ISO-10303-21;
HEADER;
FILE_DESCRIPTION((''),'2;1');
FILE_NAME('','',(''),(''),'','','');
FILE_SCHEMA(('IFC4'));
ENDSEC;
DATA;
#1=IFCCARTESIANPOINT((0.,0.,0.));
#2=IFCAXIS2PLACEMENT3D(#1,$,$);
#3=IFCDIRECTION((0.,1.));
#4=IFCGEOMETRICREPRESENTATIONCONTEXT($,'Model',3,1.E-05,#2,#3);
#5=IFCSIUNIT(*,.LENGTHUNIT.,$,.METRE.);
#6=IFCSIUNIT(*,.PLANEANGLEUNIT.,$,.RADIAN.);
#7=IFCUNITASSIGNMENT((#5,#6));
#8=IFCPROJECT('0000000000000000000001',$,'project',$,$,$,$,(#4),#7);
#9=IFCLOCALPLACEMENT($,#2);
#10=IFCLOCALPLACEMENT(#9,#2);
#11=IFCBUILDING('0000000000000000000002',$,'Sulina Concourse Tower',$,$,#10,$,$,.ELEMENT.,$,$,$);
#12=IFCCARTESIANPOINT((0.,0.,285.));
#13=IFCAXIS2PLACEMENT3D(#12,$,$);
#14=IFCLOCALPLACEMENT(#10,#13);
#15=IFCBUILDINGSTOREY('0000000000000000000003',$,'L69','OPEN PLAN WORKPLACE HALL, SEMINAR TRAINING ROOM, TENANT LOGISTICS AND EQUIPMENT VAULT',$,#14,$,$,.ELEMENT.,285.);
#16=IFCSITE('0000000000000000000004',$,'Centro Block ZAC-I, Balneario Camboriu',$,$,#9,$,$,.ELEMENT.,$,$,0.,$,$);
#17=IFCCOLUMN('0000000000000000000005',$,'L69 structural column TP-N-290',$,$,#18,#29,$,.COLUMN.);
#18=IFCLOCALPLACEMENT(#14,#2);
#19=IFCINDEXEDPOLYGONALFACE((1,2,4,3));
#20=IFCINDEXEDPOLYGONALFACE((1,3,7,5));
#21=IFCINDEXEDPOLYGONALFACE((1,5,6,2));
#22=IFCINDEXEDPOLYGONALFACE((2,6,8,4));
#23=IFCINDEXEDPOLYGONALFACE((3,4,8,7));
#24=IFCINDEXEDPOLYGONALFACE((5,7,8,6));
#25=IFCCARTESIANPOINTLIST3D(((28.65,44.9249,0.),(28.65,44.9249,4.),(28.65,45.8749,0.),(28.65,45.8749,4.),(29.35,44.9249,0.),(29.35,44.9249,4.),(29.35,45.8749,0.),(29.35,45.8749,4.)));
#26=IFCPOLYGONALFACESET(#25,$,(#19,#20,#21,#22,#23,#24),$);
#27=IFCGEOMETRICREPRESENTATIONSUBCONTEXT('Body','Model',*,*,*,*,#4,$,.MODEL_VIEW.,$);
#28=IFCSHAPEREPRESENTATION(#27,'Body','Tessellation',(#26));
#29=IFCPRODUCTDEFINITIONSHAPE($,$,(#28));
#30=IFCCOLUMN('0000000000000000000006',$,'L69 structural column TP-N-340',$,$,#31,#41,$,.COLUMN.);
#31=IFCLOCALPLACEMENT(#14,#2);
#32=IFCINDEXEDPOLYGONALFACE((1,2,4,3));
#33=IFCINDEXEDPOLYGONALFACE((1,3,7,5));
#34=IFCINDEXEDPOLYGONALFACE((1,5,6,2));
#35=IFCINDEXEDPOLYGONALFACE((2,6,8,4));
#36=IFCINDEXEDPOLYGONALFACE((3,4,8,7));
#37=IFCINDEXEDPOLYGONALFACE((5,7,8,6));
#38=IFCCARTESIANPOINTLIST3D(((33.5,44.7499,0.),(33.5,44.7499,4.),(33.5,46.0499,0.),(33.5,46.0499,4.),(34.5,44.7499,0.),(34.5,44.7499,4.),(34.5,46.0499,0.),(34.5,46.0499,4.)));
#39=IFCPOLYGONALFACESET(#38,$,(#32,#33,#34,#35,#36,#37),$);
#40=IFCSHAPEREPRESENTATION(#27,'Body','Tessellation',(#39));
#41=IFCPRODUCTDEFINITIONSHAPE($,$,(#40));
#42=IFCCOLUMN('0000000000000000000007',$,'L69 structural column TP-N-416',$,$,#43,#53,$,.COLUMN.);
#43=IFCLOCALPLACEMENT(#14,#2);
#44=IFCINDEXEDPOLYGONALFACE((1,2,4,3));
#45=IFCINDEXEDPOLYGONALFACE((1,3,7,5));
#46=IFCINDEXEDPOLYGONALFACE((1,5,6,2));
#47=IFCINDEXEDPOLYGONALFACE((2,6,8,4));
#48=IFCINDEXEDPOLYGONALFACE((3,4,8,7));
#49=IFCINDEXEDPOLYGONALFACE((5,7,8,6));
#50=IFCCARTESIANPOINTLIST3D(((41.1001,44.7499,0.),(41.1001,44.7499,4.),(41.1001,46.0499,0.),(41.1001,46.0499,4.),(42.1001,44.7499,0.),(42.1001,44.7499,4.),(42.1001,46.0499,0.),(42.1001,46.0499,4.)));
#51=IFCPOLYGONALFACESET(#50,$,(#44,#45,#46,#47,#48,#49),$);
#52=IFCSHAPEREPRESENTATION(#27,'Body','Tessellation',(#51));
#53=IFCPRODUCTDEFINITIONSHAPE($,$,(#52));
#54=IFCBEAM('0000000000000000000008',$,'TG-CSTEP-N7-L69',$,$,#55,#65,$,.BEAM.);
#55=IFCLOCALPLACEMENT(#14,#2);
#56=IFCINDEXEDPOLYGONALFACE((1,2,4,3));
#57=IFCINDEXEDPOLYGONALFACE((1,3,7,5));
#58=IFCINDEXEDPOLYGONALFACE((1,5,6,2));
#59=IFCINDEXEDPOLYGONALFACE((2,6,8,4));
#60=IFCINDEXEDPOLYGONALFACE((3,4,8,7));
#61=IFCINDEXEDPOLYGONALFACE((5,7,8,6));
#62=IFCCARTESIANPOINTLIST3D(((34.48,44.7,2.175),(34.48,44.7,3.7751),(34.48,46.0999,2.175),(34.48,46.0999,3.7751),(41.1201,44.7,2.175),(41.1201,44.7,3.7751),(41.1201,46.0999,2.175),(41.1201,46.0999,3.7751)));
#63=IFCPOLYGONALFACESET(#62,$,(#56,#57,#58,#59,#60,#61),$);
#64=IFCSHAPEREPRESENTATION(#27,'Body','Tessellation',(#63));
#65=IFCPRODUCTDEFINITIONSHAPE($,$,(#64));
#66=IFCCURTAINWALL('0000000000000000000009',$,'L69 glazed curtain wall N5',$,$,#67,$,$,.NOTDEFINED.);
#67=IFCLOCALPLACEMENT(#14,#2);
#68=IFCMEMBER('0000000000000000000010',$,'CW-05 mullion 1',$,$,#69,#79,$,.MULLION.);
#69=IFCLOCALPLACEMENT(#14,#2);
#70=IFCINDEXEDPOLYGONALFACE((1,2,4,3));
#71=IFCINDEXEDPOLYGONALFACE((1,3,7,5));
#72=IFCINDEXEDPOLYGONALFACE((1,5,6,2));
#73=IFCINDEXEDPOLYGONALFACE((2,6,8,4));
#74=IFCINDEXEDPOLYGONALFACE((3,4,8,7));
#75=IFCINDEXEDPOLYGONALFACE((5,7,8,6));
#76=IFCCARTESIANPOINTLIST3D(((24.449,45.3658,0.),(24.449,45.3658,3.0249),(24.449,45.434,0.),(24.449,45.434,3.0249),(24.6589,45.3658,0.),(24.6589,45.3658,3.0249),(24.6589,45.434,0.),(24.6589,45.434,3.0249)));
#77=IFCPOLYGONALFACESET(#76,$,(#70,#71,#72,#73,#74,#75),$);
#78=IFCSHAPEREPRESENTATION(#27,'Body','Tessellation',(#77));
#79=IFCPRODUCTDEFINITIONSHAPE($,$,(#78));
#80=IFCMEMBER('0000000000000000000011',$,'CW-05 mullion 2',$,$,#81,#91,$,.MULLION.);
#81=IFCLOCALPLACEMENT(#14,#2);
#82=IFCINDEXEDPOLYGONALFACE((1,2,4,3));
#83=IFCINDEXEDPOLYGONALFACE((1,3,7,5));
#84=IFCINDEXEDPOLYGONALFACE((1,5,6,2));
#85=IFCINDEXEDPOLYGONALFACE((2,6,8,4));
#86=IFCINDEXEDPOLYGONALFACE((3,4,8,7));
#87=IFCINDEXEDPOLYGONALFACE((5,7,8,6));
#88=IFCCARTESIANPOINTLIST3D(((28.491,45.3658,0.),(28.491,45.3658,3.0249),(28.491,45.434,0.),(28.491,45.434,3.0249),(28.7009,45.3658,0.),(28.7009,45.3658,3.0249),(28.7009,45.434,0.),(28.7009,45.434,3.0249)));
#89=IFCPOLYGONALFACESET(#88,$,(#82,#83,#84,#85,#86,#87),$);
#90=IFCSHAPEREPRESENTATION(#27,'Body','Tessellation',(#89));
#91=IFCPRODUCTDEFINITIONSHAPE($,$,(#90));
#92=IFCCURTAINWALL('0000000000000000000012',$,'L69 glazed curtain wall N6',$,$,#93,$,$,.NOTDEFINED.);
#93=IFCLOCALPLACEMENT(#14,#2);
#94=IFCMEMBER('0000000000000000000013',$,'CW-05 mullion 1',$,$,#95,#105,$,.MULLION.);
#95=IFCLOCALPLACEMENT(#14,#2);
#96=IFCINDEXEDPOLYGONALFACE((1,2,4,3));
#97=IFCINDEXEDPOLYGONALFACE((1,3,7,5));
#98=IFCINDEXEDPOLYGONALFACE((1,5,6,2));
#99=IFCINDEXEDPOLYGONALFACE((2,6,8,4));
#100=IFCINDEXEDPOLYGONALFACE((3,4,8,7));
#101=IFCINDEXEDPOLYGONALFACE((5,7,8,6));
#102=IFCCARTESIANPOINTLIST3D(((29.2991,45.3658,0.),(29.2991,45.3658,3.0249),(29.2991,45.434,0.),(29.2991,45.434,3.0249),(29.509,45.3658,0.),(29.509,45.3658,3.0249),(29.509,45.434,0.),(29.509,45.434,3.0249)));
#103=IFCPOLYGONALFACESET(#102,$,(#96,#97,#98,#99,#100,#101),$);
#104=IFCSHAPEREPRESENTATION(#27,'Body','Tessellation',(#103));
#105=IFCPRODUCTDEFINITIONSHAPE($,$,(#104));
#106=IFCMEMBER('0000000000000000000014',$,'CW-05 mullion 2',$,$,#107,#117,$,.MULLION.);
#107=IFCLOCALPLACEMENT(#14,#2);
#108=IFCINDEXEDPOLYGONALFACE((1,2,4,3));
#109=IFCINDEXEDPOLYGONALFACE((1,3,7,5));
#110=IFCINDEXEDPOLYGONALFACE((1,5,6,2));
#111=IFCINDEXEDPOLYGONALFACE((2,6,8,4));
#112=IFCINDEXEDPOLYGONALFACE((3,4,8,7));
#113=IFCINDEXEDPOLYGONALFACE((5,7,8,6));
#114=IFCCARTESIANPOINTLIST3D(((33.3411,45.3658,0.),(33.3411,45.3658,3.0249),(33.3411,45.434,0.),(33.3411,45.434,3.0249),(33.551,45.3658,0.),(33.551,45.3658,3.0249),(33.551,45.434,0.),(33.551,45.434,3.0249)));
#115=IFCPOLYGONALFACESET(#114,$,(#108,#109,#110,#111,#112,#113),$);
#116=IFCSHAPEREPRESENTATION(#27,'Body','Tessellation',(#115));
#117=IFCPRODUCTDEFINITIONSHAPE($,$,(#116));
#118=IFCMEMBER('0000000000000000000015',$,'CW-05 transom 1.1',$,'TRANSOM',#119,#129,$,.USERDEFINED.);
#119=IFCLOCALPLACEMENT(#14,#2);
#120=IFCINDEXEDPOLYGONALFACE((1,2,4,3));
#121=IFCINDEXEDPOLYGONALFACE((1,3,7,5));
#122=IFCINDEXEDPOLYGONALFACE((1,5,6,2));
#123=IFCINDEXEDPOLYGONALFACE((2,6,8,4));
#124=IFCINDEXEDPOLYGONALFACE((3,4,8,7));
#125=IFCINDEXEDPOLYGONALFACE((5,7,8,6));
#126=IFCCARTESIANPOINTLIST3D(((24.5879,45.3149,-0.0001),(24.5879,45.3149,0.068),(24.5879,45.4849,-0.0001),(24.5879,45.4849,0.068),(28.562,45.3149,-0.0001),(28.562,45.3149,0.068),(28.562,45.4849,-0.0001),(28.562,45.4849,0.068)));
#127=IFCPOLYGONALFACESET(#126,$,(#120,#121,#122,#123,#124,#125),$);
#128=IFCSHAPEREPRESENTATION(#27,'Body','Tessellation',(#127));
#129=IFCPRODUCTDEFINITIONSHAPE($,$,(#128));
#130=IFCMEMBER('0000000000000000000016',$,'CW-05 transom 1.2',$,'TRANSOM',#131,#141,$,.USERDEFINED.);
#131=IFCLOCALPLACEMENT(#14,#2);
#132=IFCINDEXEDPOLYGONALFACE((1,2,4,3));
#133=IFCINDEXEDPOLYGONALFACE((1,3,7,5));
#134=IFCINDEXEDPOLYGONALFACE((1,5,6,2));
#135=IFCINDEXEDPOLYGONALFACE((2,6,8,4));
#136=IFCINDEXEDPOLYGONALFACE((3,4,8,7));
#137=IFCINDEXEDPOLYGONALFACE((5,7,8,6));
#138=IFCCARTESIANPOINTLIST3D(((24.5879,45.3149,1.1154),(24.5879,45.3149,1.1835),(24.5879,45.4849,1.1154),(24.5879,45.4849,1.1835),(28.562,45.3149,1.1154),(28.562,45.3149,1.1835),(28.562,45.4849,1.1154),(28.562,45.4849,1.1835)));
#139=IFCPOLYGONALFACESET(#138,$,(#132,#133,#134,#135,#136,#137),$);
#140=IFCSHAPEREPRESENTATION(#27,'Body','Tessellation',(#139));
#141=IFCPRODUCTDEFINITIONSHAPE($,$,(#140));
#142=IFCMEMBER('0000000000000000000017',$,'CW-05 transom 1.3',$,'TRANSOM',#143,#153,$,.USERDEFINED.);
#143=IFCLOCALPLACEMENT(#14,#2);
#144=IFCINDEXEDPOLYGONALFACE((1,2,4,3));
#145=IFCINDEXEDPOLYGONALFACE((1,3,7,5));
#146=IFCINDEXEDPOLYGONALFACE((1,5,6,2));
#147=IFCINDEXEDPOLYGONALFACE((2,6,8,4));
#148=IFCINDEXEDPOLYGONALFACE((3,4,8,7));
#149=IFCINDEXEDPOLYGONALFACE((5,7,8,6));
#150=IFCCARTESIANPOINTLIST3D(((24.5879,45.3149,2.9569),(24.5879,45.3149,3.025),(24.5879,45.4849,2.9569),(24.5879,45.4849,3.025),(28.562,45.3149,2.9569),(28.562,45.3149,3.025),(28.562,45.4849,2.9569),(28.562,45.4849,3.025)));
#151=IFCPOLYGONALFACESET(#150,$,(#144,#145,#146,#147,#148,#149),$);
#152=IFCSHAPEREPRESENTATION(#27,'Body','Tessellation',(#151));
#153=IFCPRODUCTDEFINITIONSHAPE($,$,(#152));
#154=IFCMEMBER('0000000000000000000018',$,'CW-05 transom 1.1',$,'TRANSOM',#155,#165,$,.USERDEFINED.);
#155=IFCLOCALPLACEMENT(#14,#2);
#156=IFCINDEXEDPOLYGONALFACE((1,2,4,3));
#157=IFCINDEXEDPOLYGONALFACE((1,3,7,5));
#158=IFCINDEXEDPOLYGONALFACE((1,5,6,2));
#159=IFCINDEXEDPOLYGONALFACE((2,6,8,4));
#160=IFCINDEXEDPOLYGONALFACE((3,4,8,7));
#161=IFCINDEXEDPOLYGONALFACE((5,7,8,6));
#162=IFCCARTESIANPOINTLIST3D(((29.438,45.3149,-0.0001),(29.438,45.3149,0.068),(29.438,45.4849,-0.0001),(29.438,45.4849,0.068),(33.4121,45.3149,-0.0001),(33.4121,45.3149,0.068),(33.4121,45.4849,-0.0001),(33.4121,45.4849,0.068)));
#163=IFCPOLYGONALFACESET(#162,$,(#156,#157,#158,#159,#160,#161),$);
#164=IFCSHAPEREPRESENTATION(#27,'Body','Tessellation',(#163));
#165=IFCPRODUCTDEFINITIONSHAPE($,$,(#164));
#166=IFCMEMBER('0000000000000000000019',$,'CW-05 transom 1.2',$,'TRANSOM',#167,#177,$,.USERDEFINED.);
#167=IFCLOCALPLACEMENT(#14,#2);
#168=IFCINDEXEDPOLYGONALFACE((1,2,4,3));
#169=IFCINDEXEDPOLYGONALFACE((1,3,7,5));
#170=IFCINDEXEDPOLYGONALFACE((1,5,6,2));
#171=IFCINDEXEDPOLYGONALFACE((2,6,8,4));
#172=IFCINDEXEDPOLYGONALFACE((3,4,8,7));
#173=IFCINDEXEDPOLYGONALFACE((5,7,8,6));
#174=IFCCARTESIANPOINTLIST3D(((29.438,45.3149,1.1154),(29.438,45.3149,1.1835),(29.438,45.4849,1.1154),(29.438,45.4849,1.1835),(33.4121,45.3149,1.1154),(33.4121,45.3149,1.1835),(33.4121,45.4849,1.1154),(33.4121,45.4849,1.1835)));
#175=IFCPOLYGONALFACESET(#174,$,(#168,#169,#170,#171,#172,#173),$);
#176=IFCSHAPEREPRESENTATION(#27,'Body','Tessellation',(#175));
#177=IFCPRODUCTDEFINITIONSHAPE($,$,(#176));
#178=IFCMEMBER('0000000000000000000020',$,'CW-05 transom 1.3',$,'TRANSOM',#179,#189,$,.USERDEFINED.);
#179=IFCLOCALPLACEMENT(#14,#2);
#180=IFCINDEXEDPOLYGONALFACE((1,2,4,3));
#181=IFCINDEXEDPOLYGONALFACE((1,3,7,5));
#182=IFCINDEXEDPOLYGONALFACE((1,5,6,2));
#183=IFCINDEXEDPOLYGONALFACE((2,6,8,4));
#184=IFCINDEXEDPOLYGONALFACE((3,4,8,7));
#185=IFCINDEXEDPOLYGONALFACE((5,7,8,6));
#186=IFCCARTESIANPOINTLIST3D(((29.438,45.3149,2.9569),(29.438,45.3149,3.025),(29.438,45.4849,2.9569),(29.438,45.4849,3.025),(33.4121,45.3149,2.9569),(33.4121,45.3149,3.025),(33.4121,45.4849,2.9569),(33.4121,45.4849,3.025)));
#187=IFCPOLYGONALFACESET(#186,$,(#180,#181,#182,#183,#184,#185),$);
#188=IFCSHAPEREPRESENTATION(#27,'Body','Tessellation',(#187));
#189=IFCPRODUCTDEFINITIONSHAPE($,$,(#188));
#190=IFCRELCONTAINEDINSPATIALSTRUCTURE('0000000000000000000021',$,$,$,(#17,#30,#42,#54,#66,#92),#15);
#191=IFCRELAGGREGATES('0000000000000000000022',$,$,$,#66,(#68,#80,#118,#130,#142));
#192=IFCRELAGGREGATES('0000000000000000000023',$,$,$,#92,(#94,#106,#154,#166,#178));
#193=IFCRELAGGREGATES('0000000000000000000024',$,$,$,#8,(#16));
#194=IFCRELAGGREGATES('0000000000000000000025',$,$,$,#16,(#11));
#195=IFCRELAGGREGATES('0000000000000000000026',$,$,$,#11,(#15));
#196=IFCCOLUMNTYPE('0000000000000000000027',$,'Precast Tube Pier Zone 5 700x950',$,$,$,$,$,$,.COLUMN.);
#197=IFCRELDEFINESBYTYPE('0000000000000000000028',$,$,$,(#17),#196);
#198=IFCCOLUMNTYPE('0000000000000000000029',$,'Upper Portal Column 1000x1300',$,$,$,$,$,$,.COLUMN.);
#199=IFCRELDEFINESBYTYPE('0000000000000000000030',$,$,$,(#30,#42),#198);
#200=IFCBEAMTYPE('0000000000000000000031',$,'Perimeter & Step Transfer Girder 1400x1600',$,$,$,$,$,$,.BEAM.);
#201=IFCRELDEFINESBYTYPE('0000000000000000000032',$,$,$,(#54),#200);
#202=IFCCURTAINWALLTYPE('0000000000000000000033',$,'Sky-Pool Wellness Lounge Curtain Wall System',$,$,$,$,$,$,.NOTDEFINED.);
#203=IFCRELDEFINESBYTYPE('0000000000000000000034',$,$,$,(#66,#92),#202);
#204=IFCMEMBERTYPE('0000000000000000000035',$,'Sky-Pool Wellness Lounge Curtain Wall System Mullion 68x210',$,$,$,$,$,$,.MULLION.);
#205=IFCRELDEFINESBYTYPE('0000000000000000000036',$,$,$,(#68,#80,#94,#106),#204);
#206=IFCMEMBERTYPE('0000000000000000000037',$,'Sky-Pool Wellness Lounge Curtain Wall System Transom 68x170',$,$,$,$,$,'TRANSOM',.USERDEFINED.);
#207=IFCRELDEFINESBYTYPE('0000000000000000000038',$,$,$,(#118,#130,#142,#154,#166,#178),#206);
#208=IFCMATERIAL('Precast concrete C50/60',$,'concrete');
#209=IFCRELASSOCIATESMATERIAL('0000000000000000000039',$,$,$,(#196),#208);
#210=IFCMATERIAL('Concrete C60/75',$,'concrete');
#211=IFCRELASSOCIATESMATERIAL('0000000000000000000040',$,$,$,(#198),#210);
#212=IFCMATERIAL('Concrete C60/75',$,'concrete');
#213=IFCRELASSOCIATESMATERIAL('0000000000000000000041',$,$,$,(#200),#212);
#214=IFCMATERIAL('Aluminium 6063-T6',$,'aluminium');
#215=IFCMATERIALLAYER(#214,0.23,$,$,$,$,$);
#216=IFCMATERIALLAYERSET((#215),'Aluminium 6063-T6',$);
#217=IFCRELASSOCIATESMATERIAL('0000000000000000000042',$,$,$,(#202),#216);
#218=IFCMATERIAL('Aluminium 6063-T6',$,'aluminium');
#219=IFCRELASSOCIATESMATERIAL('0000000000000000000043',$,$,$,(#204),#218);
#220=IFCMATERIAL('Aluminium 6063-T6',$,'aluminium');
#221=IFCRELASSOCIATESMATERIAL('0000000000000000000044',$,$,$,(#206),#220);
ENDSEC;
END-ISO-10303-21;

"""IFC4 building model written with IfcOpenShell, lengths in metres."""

from ifc_helpers import new_model, si_unit, direction, frame, origin, origin_2d, place, context, subcontext, project, spatial, rectangle, extrude, material, layer, layer_set, material_profile, profile_set, type_object, element, aggregate, save


model = new_model("IFC4")

# Units and contexts
model_context = context("Model", 3, precision=1e-05, world=origin(), true_north=direction((0.0, 1.0)))
body_context = subcontext(model_context, "Body", "Model", "MODEL_VIEW")
ifc_project = project(units=[si_unit("LENGTHUNIT", "METRE"), si_unit("PLANEANGLEUNIT", "RADIAN")], contexts=[model_context])

# Site, building, storey
site_placement = place(None, origin())
site = spatial("IfcSite", under=ifc_project, at=site_placement, Name="Centro Block ZAC-I, Balneario Camboriu", CompositionType="ELEMENT", RefElevation=0.0)
building_placement = place(site_placement, origin())
building = spatial("IfcBuilding", under=site, at=building_placement, Name="Sulina Concourse Tower", CompositionType="ELEMENT")
storey_placement = place(building_placement, frame((0.0, 0.0, 285.0)))
storey = spatial("IfcBuildingStorey", under=building, at=storey_placement, Name="L69", Description="OPEN PLAN WORKPLACE HALL, SEMINAR TRAINING ROOM, TENANT LOGISTICS AND EQUIPMENT VAULT", CompositionType="ELEMENT", Elevation=285.0)

# Columns
ifc_material_1 = material(Name="Precast concrete C50/60", Category="concrete")
ifc_material_profile_1 = material_profile(ifc_material_1, rectangle(XDim=0.7, YDim=0.95, at=origin_2d()), Name="PC 700x950")
ifc_profile_set_1 = profile_set([ifc_material_profile_1], Name="Precast concrete C50/60")
column_type_1 = type_object("IfcColumnType", Name="Precast Tube Pier Zone 5 700x950", PredefinedType="COLUMN", material=ifc_profile_set_1)
column_placement = place(storey_placement, frame((29.0, 45.3999, 0.0), z_axis=(0.0, 0.0, 1.0), x_axis=(1.0, 0.0, 0.0)))
element("IfcColumn", 1, at=column_placement, inside=storey, type_object=column_type_1, Name="L69 structural column TP-N-290", PredefinedType="COLUMN", context=body_context, shape_type="SweptSolid", body=[
    extrude(rectangle(XDim=0.7, YDim=0.95, at=origin_2d()), origin(), (0.0, 0.0, 1.0), 4.0),
])
ifc_material_2 = material(Name="Concrete C60/75", Category="concrete")
ifc_material_profile_2 = material_profile(ifc_material_2, rectangle(XDim=1.0, YDim=1.3, at=origin_2d()), Name="RC 1000x1300")
ifc_profile_set_2 = profile_set([ifc_material_profile_2], Name="Concrete C60/75")
column_type_2 = type_object("IfcColumnType", Name="Upper Portal Column 1000x1300", PredefinedType="COLUMN", material=ifc_profile_set_2)
for number, where, z_axis, x_axis, name in (
    (2, (34.0, 45.3999, 0.0), (0.0, 0.0, 1.0), (1.0, 0.0, 0.0), "L69 structural column TP-N-340"),
    (3, (41.6001, 45.3999, 0.0), (0.0, 0.0, 1.0), (1.0, 0.0, 0.0), "L69 structural column TP-N-416"),
):
    element("IfcColumn", number, at=place(storey_placement, frame(where, z_axis=z_axis, x_axis=x_axis)), inside=storey, type_object=column_type_2, Name=name, PredefinedType="COLUMN", context=body_context, shape_type="SweptSolid", body=[
        extrude(rectangle(XDim=1.0, YDim=1.3, at=origin_2d()), origin(), (0.0, 0.0, 1.0), 4.0),
    ])

# Beam
ifc_material_3 = material(Name="Concrete C60/75", Category="concrete")
ifc_material_profile_3 = material_profile(ifc_material_3, rectangle(XDim=1.3999, YDim=1.6001, at=origin_2d()), Name="RC 1400x1600")
ifc_profile_set_3 = profile_set([ifc_material_profile_3], Name="Concrete C60/75")
beam_type_1 = type_object("IfcBeamType", Name="Perimeter & Step Transfer Girder 1400x1600", PredefinedType="BEAM", material=ifc_profile_set_3)
beam_placement = place(storey_placement, frame((34.48, 45.3999, 2.9751), z_axis=(1.0, 0.0, 0.0), x_axis=(0.0, 1.0, 0.0)))
element("IfcBeam", 4, at=beam_placement, inside=storey, type_object=beam_type_1, Name="TG-CSTEP-N7-L69", PredefinedType="BEAM", context=body_context, shape_type="SweptSolid", body=[
    extrude(rectangle(XDim=1.3999, YDim=1.6001, at=origin_2d()), origin(), (0.0, 0.0, 1.0), 6.6401),
])

# Curtain walls, members
ifc_material_4 = material(Name="Aluminium 6063-T6", Category="aluminium")
ifc_layer_1 = layer(ifc_material_4, 0.23)
ifc_layer_set_1 = layer_set([ifc_layer_1], Name="Aluminium 6063-T6")
curtain_wall_type = type_object("IfcCurtainWallType", Name="Sky-Pool Wellness Lounge Curtain Wall System", PredefinedType="NOTDEFINED", material=ifc_layer_set_1)
curtain_wall_1_placement = place(storey_placement, origin())
curtain_wall_1 = element("IfcCurtainWall", 5, at=curtain_wall_1_placement, inside=storey, type_object=curtain_wall_type, Name="L69 glazed curtain wall N5", PredefinedType="NOTDEFINED")
ifc_material_5 = material(Name="Aluminium 6063-T6", Category="aluminium")
ifc_material_profile_4 = material_profile(ifc_material_5, rectangle(XDim=0.0681, YDim=0.21, at=origin_2d()), Name="MUL 68x210")
ifc_profile_set_4 = profile_set([ifc_material_profile_4], Name="Aluminium 6063-T6")
member_type_1 = type_object("IfcMemberType", Name="Sky-Pool Wellness Lounge Curtain Wall System Mullion 68x210", PredefinedType="MULLION", material=ifc_profile_set_4)
member_1_placement = place(storey_placement, frame((24.554, 45.3999, 0.0), z_axis=(0.0, 0.0, 1.0), x_axis=(0.0, 1.0, 0.0)))
member_1 = element("IfcMember", 6, at=member_1_placement, type_object=member_type_1, Name="CW-05 mullion 1", PredefinedType="MULLION", context=body_context, shape_type="SweptSolid", body=[
    extrude(rectangle(XDim=0.0681, YDim=0.21, at=origin_2d()), origin(), (0.0, 0.0, 1.0), 3.0249),
])
member_2_placement = place(storey_placement, frame((28.5959, 45.3999, 0.0), z_axis=(0.0, 0.0, 1.0), x_axis=(0.0, 1.0, 0.0)))
member_2 = element("IfcMember", 7, at=member_2_placement, type_object=member_type_1, Name="CW-05 mullion 2", PredefinedType="MULLION", context=body_context, shape_type="SweptSolid", body=[
    extrude(rectangle(XDim=0.0681, YDim=0.21, at=origin_2d()), origin(), (0.0, 0.0, 1.0), 3.0249),
])
curtain_wall_2_placement = place(storey_placement, origin())
curtain_wall_2 = element("IfcCurtainWall", 8, at=curtain_wall_2_placement, inside=storey, type_object=curtain_wall_type, Name="L69 glazed curtain wall N6", PredefinedType="NOTDEFINED")
member_3_placement = place(storey_placement, frame((29.4041, 45.3999, 0.0), z_axis=(0.0, 0.0, 1.0), x_axis=(0.0, 1.0, 0.0)))
member_3 = element("IfcMember", 9, at=member_3_placement, type_object=member_type_1, Name="CW-05 mullion 1", PredefinedType="MULLION", context=body_context, shape_type="SweptSolid", body=[
    extrude(rectangle(XDim=0.0681, YDim=0.21, at=origin_2d()), origin(), (0.0, 0.0, 1.0), 3.0249),
])
member_4_placement = place(storey_placement, frame((33.446, 45.3999, 0.0), z_axis=(0.0, 0.0, 1.0), x_axis=(0.0, 1.0, 0.0)))
member_4 = element("IfcMember", 10, at=member_4_placement, type_object=member_type_1, Name="CW-05 mullion 2", PredefinedType="MULLION", context=body_context, shape_type="SweptSolid", body=[
    extrude(rectangle(XDim=0.0681, YDim=0.21, at=origin_2d()), origin(), (0.0, 0.0, 1.0), 3.0249),
])

# Members
ifc_material_6 = material(Name="Aluminium 6063-T6", Category="aluminium")
ifc_material_profile_5 = material_profile(ifc_material_6, rectangle(XDim=0.1699, YDim=0.0681, at=origin_2d()), Name="TRN 68x170")
ifc_profile_set_5 = profile_set([ifc_material_profile_5], Name="Aluminium 6063-T6")
member_type_2 = type_object("IfcMemberType", Name="Sky-Pool Wellness Lounge Curtain Wall System Transom 68x170", ElementType="TRANSOM", PredefinedType="USERDEFINED", material=ifc_profile_set_5)
member_5_placement = place(storey_placement, frame((24.5879, 45.3999, 0.0339), z_axis=(1.0, 0.0, 0.0), x_axis=(0.0, 1.0, 0.0)))
member_5 = element("IfcMember", 11, at=member_5_placement, type_object=member_type_2, Name="CW-05 transom 1.1", ObjectType="TRANSOM", PredefinedType="USERDEFINED", context=body_context, shape_type="SweptSolid", body=[
    extrude(rectangle(XDim=0.1699, YDim=0.0681, at=origin_2d()), origin(), (0.0, 0.0, 1.0), 3.9741),
])
member_6_placement = place(storey_placement, frame((24.5879, 45.3999, 1.1494), z_axis=(1.0, 0.0, 0.0), x_axis=(0.0, 1.0, 0.0)))
member_6 = element("IfcMember", 12, at=member_6_placement, type_object=member_type_2, Name="CW-05 transom 1.2", ObjectType="TRANSOM", PredefinedType="USERDEFINED", context=body_context, shape_type="SweptSolid", body=[
    extrude(rectangle(XDim=0.1699, YDim=0.0681, at=origin_2d()), origin(), (0.0, 0.0, 1.0), 3.9741),
])
member_7_placement = place(storey_placement, frame((24.5879, 45.3999, 2.991), z_axis=(1.0, 0.0, 0.0), x_axis=(0.0, 1.0, 0.0)))
member_7 = element("IfcMember", 13, at=member_7_placement, type_object=member_type_2, Name="CW-05 transom 1.3", ObjectType="TRANSOM", PredefinedType="USERDEFINED", context=body_context, shape_type="SweptSolid", body=[
    extrude(rectangle(XDim=0.1699, YDim=0.0681, at=origin_2d()), origin(), (0.0, 0.0, 1.0), 3.9741),
])
member_8_placement = place(storey_placement, frame((29.438, 45.3999, 0.0339), z_axis=(1.0, 0.0, 0.0), x_axis=(0.0, 1.0, 0.0)))
member_8 = element("IfcMember", 14, at=member_8_placement, type_object=member_type_2, Name="CW-05 transom 1.1", ObjectType="TRANSOM", PredefinedType="USERDEFINED", context=body_context, shape_type="SweptSolid", body=[
    extrude(rectangle(XDim=0.1699, YDim=0.0681, at=origin_2d()), origin(), (0.0, 0.0, 1.0), 3.9741),
])
member_9_placement = place(storey_placement, frame((29.438, 45.3999, 1.1494), z_axis=(1.0, 0.0, 0.0), x_axis=(0.0, 1.0, 0.0)))
member_9 = element("IfcMember", 15, at=member_9_placement, type_object=member_type_2, Name="CW-05 transom 1.2", ObjectType="TRANSOM", PredefinedType="USERDEFINED", context=body_context, shape_type="SweptSolid", body=[
    extrude(rectangle(XDim=0.1699, YDim=0.0681, at=origin_2d()), origin(), (0.0, 0.0, 1.0), 3.9741),
])
member_10_placement = place(storey_placement, frame((29.438, 45.3999, 2.991), z_axis=(1.0, 0.0, 0.0), x_axis=(0.0, 1.0, 0.0)))
member_10 = element("IfcMember", 16, at=member_10_placement, type_object=member_type_2, Name="CW-05 transom 1.3", ObjectType="TRANSOM", PredefinedType="USERDEFINED", context=body_context, shape_type="SweptSolid", body=[
    extrude(rectangle(XDim=0.1699, YDim=0.0681, at=origin_2d()), origin(), (0.0, 0.0, 1.0), 3.9741),
])

aggregate(curtain_wall_1, [member_1, member_2, member_5, member_6, member_7])
aggregate(curtain_wall_2, [member_3, member_4, member_8, member_9, member_10])

save(model, "model.ifc")
